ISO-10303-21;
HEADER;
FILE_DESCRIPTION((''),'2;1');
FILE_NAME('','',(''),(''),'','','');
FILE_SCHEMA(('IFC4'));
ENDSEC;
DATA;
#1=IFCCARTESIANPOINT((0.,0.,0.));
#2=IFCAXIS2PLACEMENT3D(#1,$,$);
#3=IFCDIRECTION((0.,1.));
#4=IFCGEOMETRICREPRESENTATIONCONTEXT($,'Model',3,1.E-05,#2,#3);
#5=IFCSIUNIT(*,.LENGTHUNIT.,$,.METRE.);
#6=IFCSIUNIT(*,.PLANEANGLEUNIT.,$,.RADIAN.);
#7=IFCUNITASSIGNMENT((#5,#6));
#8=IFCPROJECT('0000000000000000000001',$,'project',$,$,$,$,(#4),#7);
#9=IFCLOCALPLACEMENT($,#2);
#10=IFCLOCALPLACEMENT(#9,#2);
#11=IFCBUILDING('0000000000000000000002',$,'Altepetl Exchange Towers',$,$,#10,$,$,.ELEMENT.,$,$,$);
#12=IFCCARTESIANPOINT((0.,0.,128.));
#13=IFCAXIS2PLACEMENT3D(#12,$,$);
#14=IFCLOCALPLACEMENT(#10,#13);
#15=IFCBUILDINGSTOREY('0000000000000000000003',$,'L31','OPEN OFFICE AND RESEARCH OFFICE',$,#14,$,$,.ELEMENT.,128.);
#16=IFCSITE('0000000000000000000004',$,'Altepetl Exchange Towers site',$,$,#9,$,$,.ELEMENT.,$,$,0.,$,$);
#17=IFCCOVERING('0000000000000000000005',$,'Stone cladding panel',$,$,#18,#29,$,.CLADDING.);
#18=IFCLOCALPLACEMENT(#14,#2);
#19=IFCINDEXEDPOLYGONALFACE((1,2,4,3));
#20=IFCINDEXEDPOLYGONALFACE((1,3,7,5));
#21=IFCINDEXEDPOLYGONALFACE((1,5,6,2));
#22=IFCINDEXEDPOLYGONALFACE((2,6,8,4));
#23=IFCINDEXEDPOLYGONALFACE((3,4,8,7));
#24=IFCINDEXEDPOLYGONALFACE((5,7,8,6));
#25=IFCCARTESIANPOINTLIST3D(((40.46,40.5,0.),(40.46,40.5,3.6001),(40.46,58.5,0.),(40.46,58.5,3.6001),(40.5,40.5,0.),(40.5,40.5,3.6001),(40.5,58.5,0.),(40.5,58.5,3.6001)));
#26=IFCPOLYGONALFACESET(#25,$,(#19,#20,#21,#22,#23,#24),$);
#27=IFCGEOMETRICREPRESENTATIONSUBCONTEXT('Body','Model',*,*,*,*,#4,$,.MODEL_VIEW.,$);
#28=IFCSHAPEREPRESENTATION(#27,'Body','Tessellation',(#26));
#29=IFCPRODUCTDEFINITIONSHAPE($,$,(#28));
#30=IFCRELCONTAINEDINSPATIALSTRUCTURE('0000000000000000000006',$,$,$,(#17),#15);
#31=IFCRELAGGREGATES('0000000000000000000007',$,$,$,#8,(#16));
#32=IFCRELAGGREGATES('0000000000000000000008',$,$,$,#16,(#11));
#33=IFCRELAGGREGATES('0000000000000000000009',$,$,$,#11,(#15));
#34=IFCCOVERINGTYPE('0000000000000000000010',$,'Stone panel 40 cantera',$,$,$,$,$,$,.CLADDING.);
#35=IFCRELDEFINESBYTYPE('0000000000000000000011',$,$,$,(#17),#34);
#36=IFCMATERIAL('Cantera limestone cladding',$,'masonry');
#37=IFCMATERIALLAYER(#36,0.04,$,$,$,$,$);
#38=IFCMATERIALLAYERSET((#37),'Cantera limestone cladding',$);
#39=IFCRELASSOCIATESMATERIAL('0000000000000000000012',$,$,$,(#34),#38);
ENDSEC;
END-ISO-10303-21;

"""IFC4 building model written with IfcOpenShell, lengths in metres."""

from ifc_helpers import new_model, si_unit, direction, frame, origin, origin_2d, place, context, subcontext, project, spatial, rectangle, extrude, material, layer, layer_set, type_object, element, save


model = new_model("IFC4")

# Units and contexts
model_context = context("Model", 3, precision=1e-05, world=origin(), true_north=direction((0.0, 1.0)))
body_context = subcontext(model_context, "Body", "Model", "MODEL_VIEW")
ifc_project = project(units=[si_unit("LENGTHUNIT", "METRE"), si_unit("PLANEANGLEUNIT", "RADIAN")], contexts=[model_context])

# Site, building, storey
site_placement = place(None, origin())
site = spatial("IfcSite", under=ifc_project, at=site_placement, Name="Altepetl Exchange Towers site", CompositionType="ELEMENT", RefElevation=0.0)
building_placement = place(site_placement, origin())
building = spatial("IfcBuilding", under=site, at=building_placement, Name="Altepetl Exchange Towers", CompositionType="ELEMENT")
storey_placement = place(building_placement, frame((0.0, 0.0, 128.0)))
storey = spatial("IfcBuildingStorey", under=building, at=storey_placement, Name="L31", Description="OPEN OFFICE AND RESEARCH OFFICE", CompositionType="ELEMENT", Elevation=128.0)

# Covering
ifc_material_1 = material(Name="Cantera limestone cladding", Category="masonry")
ifc_layer_1 = layer(ifc_material_1, 0.04)
ifc_layer_set_1 = layer_set([ifc_layer_1], Name="Cantera limestone cladding")
covering_type = type_object("IfcCoveringType", Name="Stone panel 40 cantera", PredefinedType="CLADDING", material=ifc_layer_set_1)
covering_placement = place(storey_placement, frame((40.48, 49.5, 0.0), z_axis=(0.0, 0.0, 1.0), x_axis=(0.0, -1.0, 0.0)))
element("IfcCovering", 1, at=covering_placement, inside=storey, type_object=covering_type, Name="Stone cladding panel", PredefinedType="CLADDING", context=body_context, shape_type="SweptSolid", body=[
    extrude(rectangle(XDim=18.0, YDim=0.04, at=origin_2d()), origin(), (0.0, 0.0, 1.0), 3.6001),
])

save(model, "model.ifc")
